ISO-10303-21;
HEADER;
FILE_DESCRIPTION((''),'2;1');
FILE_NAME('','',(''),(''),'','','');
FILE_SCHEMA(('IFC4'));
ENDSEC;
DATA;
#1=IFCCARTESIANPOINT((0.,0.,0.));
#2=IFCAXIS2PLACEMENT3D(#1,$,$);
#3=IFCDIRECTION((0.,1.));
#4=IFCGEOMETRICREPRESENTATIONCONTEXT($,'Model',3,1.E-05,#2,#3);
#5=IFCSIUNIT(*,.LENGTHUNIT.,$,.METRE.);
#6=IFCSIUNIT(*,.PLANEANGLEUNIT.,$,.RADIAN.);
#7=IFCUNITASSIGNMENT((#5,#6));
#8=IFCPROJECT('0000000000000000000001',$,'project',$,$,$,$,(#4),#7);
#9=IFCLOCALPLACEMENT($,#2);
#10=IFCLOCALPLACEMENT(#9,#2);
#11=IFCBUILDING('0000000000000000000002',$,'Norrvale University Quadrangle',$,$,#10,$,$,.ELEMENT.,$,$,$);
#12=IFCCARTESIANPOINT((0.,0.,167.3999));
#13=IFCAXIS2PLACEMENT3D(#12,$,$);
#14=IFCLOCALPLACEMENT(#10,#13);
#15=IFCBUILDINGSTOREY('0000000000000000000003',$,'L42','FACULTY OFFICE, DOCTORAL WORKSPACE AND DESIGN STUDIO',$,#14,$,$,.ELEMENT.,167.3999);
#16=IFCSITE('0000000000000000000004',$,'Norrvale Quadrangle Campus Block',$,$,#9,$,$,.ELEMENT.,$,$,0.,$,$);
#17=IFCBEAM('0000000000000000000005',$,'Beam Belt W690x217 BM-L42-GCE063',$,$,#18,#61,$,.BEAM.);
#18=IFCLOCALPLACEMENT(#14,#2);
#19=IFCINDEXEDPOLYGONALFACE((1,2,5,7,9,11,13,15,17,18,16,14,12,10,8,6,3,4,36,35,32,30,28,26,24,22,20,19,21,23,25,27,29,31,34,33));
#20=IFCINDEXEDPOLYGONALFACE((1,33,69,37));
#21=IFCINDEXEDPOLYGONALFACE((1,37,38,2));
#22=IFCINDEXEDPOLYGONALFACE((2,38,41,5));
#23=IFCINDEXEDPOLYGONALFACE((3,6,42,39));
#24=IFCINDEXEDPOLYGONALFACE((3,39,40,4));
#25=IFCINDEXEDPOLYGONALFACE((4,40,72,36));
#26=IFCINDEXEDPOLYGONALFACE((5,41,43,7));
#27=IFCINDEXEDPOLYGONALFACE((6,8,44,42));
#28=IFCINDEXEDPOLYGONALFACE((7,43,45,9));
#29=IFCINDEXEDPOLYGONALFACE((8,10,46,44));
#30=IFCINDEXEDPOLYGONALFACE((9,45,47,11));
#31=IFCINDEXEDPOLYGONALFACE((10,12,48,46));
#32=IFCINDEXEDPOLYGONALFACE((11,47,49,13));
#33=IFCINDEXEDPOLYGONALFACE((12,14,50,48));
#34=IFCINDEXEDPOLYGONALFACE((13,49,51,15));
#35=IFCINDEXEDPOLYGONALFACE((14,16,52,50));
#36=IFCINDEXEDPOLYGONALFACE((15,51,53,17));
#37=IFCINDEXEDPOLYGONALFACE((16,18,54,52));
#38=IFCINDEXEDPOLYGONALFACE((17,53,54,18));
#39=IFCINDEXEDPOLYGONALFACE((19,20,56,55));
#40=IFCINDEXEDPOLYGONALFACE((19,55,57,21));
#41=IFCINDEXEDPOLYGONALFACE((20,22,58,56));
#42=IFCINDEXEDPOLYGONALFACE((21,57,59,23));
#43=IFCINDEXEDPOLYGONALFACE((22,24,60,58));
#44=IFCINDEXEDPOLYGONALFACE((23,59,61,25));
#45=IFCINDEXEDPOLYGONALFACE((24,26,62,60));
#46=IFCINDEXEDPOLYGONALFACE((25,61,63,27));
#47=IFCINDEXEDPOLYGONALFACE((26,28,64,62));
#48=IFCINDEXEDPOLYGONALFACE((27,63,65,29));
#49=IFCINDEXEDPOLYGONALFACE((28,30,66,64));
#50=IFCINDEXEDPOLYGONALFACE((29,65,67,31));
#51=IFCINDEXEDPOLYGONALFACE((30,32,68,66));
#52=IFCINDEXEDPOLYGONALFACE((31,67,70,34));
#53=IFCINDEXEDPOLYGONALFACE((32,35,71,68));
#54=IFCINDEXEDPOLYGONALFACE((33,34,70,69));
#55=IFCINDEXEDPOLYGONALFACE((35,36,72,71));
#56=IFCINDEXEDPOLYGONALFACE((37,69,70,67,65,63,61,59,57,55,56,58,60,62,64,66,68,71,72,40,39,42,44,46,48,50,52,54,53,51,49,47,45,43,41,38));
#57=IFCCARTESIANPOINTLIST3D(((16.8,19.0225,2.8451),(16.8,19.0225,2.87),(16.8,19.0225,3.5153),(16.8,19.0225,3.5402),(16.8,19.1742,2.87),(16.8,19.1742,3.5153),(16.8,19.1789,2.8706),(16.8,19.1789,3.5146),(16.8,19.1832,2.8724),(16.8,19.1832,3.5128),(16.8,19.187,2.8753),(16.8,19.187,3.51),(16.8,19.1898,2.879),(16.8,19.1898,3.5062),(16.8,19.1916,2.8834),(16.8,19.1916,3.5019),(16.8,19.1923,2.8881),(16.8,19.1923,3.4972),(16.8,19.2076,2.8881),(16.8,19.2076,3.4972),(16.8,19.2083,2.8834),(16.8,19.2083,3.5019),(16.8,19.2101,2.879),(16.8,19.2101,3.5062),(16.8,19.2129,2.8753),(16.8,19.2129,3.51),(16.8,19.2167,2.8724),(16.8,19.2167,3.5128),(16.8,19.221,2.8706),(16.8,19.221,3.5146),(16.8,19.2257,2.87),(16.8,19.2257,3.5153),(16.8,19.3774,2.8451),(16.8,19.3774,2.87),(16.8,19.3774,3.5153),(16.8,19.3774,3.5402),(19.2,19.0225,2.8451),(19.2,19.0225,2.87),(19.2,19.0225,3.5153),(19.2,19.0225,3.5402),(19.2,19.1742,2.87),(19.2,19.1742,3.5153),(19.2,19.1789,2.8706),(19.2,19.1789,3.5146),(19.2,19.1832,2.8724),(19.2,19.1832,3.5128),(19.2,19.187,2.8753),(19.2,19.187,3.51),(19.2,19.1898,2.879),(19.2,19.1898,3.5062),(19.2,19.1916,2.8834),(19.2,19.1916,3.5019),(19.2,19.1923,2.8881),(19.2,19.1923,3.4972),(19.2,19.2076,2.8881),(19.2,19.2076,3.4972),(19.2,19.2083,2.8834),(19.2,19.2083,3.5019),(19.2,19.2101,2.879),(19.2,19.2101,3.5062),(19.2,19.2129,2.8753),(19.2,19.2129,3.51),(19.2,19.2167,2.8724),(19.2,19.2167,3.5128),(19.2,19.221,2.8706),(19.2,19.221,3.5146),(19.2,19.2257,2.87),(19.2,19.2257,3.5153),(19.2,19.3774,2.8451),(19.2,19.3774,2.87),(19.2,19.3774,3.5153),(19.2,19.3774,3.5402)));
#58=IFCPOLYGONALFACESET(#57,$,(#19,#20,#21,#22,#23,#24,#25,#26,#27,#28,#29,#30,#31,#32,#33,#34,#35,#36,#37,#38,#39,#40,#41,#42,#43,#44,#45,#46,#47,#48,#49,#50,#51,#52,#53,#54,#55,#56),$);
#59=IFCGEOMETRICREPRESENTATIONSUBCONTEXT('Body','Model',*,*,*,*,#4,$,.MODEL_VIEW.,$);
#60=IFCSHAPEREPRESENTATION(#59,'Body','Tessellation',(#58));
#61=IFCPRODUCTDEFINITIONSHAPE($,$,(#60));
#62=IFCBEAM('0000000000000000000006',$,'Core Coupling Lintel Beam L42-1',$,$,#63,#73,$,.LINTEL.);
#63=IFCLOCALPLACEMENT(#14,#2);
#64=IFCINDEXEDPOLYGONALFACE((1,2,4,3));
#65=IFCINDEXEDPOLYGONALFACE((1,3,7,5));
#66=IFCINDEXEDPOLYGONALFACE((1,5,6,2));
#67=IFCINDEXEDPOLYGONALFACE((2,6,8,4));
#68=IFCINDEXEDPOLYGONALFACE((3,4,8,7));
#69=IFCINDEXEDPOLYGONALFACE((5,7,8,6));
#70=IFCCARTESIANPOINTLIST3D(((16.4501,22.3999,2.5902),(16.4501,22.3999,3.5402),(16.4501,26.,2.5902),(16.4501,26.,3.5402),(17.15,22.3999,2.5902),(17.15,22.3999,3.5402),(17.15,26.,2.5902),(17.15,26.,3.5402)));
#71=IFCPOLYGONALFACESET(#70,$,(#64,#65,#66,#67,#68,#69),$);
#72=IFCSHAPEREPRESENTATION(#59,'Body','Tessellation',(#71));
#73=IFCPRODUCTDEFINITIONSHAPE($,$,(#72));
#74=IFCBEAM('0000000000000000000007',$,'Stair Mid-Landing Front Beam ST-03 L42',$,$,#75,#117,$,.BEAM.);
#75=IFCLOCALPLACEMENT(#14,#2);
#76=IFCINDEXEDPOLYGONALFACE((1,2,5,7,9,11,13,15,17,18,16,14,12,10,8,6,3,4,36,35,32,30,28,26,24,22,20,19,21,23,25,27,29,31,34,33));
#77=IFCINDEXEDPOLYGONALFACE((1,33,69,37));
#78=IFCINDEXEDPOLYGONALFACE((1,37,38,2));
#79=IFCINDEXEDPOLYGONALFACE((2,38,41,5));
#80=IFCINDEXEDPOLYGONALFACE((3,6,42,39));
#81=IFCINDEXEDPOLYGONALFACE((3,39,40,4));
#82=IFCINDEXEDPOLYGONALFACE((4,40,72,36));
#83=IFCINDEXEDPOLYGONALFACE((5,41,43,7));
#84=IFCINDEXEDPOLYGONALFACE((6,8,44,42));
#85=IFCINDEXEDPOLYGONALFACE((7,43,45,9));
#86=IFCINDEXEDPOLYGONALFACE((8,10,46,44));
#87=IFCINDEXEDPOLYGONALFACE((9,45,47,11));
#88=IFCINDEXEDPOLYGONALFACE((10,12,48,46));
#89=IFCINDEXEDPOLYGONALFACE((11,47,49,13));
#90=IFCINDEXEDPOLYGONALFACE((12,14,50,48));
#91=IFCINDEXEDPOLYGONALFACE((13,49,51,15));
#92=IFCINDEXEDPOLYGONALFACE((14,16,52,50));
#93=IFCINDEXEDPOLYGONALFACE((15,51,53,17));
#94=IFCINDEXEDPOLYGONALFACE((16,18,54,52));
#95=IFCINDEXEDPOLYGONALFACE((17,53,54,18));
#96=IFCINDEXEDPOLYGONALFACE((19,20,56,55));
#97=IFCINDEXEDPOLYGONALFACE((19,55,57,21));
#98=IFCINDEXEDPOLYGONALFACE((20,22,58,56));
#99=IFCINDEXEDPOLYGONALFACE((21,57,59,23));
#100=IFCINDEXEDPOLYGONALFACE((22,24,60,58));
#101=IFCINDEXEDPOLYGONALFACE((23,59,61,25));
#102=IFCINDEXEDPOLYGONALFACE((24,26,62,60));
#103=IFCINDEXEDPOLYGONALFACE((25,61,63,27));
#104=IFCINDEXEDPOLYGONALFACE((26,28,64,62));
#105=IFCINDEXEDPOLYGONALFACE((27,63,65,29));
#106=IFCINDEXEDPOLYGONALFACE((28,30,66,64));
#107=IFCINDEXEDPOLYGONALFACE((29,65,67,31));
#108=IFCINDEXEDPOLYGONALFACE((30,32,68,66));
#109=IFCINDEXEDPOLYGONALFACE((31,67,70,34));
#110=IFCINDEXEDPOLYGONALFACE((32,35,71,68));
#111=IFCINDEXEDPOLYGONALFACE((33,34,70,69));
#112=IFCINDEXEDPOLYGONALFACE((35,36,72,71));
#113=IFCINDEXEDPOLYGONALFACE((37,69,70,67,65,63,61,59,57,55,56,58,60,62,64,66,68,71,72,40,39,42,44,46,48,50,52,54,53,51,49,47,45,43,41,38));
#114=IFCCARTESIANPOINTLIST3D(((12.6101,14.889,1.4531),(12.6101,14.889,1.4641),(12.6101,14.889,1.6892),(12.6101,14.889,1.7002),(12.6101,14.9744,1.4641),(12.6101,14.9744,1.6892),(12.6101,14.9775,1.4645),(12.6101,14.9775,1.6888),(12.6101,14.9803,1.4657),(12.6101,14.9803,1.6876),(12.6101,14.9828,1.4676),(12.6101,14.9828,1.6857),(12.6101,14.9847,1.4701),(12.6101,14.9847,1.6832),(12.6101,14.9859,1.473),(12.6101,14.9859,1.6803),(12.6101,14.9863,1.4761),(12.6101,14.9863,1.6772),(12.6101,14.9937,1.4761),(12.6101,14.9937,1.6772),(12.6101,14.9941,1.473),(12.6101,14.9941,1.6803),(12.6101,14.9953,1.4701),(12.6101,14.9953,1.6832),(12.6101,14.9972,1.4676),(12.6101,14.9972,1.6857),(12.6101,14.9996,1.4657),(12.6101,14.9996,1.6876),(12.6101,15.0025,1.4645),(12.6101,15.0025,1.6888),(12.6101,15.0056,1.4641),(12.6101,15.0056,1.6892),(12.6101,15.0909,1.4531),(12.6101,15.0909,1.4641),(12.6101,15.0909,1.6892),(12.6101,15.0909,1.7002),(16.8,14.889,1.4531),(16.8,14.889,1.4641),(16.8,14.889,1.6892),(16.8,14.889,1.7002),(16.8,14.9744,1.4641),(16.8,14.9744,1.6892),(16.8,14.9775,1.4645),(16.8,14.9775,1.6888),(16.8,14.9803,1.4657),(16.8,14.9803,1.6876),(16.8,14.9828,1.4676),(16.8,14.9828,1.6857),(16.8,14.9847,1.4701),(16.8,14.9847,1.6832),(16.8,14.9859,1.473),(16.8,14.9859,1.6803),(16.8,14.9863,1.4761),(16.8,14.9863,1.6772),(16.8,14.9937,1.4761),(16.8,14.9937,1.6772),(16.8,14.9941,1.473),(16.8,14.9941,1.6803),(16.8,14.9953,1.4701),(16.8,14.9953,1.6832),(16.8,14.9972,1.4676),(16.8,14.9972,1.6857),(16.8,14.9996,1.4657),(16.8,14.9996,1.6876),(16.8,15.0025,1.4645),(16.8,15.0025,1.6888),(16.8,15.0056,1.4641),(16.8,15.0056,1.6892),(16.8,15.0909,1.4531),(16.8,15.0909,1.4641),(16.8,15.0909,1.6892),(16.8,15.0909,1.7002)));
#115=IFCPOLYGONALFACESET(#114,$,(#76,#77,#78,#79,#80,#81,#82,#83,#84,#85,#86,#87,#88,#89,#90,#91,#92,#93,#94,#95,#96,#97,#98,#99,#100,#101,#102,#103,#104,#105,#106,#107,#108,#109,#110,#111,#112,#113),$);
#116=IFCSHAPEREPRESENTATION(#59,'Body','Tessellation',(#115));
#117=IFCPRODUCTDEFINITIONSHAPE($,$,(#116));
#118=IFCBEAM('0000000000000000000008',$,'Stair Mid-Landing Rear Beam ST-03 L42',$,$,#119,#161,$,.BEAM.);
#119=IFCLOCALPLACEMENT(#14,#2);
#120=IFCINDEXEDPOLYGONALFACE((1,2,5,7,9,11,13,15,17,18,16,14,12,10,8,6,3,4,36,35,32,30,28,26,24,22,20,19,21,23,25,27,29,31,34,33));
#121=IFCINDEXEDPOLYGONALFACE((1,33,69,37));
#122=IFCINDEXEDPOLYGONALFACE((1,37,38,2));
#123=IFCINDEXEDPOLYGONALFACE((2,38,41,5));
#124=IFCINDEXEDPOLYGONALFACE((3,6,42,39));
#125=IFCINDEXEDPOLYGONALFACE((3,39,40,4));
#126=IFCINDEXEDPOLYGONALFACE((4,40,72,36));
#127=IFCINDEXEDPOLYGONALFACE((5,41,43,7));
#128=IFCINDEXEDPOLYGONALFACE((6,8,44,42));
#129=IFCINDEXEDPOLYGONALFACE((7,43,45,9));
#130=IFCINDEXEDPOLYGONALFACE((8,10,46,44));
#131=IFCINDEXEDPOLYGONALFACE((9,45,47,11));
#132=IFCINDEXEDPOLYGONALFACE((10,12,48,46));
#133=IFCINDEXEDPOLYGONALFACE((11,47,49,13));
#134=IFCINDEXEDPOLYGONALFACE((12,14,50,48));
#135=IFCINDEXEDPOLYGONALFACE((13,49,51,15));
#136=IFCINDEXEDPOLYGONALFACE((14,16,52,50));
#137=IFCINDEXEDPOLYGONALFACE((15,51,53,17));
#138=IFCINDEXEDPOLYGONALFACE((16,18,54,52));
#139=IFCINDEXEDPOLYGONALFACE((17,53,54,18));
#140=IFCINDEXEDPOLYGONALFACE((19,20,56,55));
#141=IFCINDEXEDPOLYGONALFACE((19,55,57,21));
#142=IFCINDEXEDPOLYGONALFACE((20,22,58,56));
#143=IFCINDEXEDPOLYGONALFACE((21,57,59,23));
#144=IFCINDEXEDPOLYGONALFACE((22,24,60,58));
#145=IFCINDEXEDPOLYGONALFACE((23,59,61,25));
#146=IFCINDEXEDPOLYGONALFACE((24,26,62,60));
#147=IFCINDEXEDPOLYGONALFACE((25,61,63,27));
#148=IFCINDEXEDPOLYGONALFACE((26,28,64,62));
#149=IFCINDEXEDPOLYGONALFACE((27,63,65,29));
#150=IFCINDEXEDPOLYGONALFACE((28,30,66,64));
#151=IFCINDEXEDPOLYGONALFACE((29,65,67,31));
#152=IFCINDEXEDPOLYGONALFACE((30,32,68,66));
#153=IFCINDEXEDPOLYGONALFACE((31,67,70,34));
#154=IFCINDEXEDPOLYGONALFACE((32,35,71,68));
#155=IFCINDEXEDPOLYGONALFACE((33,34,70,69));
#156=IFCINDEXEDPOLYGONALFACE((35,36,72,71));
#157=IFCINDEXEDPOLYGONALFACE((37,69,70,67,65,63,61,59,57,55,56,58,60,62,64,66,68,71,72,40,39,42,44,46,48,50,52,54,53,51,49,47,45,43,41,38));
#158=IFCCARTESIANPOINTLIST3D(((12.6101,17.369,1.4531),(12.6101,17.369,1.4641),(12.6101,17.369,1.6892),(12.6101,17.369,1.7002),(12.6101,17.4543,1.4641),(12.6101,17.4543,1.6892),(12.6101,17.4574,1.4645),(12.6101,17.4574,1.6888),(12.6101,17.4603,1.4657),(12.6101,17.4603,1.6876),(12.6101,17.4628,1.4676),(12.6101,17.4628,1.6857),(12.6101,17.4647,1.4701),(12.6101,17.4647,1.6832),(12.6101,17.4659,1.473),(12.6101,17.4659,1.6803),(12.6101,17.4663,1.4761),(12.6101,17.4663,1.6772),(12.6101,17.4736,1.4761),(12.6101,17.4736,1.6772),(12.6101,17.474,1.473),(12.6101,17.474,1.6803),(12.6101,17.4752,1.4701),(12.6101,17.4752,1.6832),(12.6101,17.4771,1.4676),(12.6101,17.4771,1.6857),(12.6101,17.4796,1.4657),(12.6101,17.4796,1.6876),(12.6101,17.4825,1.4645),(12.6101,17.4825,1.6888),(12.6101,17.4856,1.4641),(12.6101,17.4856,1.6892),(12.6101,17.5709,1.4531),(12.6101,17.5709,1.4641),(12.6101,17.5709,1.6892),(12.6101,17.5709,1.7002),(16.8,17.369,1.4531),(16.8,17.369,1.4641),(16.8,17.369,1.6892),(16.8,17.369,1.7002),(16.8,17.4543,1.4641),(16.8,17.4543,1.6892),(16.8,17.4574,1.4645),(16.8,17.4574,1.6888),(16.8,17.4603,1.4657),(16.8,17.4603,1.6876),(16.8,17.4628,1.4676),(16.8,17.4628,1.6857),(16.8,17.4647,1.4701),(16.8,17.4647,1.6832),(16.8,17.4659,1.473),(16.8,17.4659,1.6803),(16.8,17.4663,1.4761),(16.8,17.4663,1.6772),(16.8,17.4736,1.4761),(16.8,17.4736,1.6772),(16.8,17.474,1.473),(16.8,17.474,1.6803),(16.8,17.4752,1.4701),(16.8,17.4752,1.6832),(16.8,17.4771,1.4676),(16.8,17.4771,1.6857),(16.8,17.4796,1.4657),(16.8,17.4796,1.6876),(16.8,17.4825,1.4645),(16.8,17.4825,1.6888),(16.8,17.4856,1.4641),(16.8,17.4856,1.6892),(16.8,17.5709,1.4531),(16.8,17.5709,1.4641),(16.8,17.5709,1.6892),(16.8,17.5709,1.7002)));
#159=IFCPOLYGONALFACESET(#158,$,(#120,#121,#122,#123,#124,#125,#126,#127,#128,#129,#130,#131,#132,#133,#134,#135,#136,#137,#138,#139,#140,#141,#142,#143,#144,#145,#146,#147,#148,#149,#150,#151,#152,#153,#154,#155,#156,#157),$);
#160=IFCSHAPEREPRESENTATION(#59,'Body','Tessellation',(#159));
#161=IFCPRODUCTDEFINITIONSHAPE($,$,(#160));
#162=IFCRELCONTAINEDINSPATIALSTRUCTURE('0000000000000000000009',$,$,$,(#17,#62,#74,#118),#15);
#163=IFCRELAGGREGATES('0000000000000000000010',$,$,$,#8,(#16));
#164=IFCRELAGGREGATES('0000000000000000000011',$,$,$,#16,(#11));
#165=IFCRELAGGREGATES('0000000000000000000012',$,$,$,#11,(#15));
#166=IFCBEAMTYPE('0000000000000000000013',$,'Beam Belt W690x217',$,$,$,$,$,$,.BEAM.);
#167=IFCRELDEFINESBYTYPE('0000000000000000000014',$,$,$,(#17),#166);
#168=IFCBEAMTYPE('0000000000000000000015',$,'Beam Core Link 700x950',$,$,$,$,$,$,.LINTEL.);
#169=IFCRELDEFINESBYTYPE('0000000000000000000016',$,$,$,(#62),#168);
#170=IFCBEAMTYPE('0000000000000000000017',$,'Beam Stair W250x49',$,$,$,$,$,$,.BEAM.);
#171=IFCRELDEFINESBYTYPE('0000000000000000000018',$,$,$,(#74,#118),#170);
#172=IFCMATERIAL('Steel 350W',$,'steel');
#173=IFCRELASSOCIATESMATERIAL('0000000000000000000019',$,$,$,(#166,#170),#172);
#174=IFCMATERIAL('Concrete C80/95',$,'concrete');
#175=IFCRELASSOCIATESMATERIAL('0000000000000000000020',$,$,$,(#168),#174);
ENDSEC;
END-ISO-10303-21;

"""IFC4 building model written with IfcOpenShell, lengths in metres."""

from ifc_helpers import new_model, si_unit, direction, frame, origin, origin_2d, place, context, subcontext, project, spatial, rectangle, i_section, extrude, material, material_profile, profile_set, type_object, element, save


model = new_model("IFC4")

# Units and contexts
model_context = context("Model", 3, precision=1e-05, world=origin(), true_north=direction((0.0, 1.0)))
body_context = subcontext(model_context, "Body", "Model", "MODEL_VIEW")
ifc_project = project(units=[si_unit("LENGTHUNIT", "METRE"), si_unit("PLANEANGLEUNIT", "RADIAN")], contexts=[model_context])

# Site, building, storey
site_placement = place(None, origin())
site = spatial("IfcSite", under=ifc_project, at=site_placement, Name="Norrvale Quadrangle Campus Block", CompositionType="ELEMENT", RefElevation=0.0)
building_placement = place(site_placement, origin())
building = spatial("IfcBuilding", under=site, at=building_placement, Name="Norrvale University Quadrangle", CompositionType="ELEMENT")
storey_placement = place(building_placement, frame((0.0, 0.0, 167.3999)))
storey = spatial("IfcBuildingStorey", under=building, at=storey_placement, Name="L42", Description="FACULTY OFFICE, DOCTORAL WORKSPACE AND DESIGN STUDIO", CompositionType="ELEMENT", Elevation=167.3999)

# Beams
ifc_material_1 = material(Name="Steel 350W", Category="steel")
ifc_material_profile_1 = material_profile(ifc_material_1, i_section(OverallWidth=0.355, OverallDepth=0.6951, WebThickness=0.0154, FlangeThickness=0.0249, FilletRadius=0.0181, at=origin_2d()), Name="Steel 350W")
ifc_profile_set_1 = profile_set([ifc_material_profile_1], Name="Steel 350W")
beam_type_1 = type_object("IfcBeamType", Name="Beam Belt W690x217", PredefinedType="BEAM", material=ifc_profile_set_1)
beam_1_placement = place(storey_placement, frame((16.8, 19.2, 3.1926), z_axis=(1.0, 0.0, 0.0), x_axis=(0.0, 1.0, 0.0)))
element("IfcBeam", 1, at=beam_1_placement, inside=storey, type_object=beam_type_1, Name="Beam Belt W690x217 BM-L42-GCE063", PredefinedType="BEAM", context=body_context, shape_type="SweptSolid", body=[
    extrude(i_section(OverallWidth=0.355, OverallDepth=0.6951, WebThickness=0.0154, FlangeThickness=0.0249, FilletRadius=0.0181, at=origin_2d()), origin(), (0.0, 0.0, 1.0), 2.3999),
])
ifc_material_2 = material(Name="Concrete C80/95", Category="concrete")
ifc_material_profile_2 = material_profile(ifc_material_2, rectangle(XDim=0.7, YDim=0.95, at=origin_2d()), Name="Concrete C80/95")
ifc_profile_set_2 = profile_set([ifc_material_profile_2], Name="Concrete C80/95")
beam_type_2 = type_object("IfcBeamType", Name="Beam Core Link 700x950", PredefinedType="LINTEL", material=ifc_profile_set_2)
beam_2_placement = place(storey_placement, frame((16.8, 22.3999, 3.0652), z_axis=(0.0, 1.0, 0.0), x_axis=(-1.0, 0.0, 0.0)))
element("IfcBeam", 2, at=beam_2_placement, inside=storey, type_object=beam_type_2, Name="Core Coupling Lintel Beam L42-1", PredefinedType="LINTEL", context=body_context, shape_type="SweptSolid", body=[
    extrude(rectangle(XDim=0.7, YDim=0.95, at=origin_2d()), origin(), (0.0, 0.0, 1.0), 3.6001),
])
ifc_material_profile_3 = material_profile(ifc_material_1, i_section(OverallWidth=0.2019, OverallDepth=0.2471, WebThickness=0.0073, FlangeThickness=0.011, FilletRadius=0.012, at=origin_2d()), Name="Steel 350W")
ifc_profile_set_3 = profile_set([ifc_material_profile_3], Name="Steel 350W")
beam_type_3 = type_object("IfcBeamType", Name="Beam Stair W250x49", PredefinedType="BEAM", material=ifc_profile_set_3)
for number, where, z_axis, x_axis, name in (
    (3, (12.6101, 14.99, 1.5767), (1.0, 0.0, 0.0), (0.0, 1.0, 0.0), "Stair Mid-Landing Front Beam ST-03 L42"),
    (4, (12.6101, 17.47, 1.5767), (1.0, 0.0, 0.0), (0.0, 1.0, 0.0), "Stair Mid-Landing Rear Beam ST-03 L42"),
):
    element("IfcBeam", number, at=place(storey_placement, frame(where, z_axis=z_axis, x_axis=x_axis)), inside=storey, type_object=beam_type_3, Name=name, PredefinedType="BEAM", context=body_context, shape_type="SweptSolid", body=[
        extrude(i_section(OverallWidth=0.2019, OverallDepth=0.2471, WebThickness=0.0073, FlangeThickness=0.011, FilletRadius=0.012, at=origin_2d()), origin(), (0.0, 0.0, 1.0), 4.1899),
    ])

save(model, "model.ifc")
